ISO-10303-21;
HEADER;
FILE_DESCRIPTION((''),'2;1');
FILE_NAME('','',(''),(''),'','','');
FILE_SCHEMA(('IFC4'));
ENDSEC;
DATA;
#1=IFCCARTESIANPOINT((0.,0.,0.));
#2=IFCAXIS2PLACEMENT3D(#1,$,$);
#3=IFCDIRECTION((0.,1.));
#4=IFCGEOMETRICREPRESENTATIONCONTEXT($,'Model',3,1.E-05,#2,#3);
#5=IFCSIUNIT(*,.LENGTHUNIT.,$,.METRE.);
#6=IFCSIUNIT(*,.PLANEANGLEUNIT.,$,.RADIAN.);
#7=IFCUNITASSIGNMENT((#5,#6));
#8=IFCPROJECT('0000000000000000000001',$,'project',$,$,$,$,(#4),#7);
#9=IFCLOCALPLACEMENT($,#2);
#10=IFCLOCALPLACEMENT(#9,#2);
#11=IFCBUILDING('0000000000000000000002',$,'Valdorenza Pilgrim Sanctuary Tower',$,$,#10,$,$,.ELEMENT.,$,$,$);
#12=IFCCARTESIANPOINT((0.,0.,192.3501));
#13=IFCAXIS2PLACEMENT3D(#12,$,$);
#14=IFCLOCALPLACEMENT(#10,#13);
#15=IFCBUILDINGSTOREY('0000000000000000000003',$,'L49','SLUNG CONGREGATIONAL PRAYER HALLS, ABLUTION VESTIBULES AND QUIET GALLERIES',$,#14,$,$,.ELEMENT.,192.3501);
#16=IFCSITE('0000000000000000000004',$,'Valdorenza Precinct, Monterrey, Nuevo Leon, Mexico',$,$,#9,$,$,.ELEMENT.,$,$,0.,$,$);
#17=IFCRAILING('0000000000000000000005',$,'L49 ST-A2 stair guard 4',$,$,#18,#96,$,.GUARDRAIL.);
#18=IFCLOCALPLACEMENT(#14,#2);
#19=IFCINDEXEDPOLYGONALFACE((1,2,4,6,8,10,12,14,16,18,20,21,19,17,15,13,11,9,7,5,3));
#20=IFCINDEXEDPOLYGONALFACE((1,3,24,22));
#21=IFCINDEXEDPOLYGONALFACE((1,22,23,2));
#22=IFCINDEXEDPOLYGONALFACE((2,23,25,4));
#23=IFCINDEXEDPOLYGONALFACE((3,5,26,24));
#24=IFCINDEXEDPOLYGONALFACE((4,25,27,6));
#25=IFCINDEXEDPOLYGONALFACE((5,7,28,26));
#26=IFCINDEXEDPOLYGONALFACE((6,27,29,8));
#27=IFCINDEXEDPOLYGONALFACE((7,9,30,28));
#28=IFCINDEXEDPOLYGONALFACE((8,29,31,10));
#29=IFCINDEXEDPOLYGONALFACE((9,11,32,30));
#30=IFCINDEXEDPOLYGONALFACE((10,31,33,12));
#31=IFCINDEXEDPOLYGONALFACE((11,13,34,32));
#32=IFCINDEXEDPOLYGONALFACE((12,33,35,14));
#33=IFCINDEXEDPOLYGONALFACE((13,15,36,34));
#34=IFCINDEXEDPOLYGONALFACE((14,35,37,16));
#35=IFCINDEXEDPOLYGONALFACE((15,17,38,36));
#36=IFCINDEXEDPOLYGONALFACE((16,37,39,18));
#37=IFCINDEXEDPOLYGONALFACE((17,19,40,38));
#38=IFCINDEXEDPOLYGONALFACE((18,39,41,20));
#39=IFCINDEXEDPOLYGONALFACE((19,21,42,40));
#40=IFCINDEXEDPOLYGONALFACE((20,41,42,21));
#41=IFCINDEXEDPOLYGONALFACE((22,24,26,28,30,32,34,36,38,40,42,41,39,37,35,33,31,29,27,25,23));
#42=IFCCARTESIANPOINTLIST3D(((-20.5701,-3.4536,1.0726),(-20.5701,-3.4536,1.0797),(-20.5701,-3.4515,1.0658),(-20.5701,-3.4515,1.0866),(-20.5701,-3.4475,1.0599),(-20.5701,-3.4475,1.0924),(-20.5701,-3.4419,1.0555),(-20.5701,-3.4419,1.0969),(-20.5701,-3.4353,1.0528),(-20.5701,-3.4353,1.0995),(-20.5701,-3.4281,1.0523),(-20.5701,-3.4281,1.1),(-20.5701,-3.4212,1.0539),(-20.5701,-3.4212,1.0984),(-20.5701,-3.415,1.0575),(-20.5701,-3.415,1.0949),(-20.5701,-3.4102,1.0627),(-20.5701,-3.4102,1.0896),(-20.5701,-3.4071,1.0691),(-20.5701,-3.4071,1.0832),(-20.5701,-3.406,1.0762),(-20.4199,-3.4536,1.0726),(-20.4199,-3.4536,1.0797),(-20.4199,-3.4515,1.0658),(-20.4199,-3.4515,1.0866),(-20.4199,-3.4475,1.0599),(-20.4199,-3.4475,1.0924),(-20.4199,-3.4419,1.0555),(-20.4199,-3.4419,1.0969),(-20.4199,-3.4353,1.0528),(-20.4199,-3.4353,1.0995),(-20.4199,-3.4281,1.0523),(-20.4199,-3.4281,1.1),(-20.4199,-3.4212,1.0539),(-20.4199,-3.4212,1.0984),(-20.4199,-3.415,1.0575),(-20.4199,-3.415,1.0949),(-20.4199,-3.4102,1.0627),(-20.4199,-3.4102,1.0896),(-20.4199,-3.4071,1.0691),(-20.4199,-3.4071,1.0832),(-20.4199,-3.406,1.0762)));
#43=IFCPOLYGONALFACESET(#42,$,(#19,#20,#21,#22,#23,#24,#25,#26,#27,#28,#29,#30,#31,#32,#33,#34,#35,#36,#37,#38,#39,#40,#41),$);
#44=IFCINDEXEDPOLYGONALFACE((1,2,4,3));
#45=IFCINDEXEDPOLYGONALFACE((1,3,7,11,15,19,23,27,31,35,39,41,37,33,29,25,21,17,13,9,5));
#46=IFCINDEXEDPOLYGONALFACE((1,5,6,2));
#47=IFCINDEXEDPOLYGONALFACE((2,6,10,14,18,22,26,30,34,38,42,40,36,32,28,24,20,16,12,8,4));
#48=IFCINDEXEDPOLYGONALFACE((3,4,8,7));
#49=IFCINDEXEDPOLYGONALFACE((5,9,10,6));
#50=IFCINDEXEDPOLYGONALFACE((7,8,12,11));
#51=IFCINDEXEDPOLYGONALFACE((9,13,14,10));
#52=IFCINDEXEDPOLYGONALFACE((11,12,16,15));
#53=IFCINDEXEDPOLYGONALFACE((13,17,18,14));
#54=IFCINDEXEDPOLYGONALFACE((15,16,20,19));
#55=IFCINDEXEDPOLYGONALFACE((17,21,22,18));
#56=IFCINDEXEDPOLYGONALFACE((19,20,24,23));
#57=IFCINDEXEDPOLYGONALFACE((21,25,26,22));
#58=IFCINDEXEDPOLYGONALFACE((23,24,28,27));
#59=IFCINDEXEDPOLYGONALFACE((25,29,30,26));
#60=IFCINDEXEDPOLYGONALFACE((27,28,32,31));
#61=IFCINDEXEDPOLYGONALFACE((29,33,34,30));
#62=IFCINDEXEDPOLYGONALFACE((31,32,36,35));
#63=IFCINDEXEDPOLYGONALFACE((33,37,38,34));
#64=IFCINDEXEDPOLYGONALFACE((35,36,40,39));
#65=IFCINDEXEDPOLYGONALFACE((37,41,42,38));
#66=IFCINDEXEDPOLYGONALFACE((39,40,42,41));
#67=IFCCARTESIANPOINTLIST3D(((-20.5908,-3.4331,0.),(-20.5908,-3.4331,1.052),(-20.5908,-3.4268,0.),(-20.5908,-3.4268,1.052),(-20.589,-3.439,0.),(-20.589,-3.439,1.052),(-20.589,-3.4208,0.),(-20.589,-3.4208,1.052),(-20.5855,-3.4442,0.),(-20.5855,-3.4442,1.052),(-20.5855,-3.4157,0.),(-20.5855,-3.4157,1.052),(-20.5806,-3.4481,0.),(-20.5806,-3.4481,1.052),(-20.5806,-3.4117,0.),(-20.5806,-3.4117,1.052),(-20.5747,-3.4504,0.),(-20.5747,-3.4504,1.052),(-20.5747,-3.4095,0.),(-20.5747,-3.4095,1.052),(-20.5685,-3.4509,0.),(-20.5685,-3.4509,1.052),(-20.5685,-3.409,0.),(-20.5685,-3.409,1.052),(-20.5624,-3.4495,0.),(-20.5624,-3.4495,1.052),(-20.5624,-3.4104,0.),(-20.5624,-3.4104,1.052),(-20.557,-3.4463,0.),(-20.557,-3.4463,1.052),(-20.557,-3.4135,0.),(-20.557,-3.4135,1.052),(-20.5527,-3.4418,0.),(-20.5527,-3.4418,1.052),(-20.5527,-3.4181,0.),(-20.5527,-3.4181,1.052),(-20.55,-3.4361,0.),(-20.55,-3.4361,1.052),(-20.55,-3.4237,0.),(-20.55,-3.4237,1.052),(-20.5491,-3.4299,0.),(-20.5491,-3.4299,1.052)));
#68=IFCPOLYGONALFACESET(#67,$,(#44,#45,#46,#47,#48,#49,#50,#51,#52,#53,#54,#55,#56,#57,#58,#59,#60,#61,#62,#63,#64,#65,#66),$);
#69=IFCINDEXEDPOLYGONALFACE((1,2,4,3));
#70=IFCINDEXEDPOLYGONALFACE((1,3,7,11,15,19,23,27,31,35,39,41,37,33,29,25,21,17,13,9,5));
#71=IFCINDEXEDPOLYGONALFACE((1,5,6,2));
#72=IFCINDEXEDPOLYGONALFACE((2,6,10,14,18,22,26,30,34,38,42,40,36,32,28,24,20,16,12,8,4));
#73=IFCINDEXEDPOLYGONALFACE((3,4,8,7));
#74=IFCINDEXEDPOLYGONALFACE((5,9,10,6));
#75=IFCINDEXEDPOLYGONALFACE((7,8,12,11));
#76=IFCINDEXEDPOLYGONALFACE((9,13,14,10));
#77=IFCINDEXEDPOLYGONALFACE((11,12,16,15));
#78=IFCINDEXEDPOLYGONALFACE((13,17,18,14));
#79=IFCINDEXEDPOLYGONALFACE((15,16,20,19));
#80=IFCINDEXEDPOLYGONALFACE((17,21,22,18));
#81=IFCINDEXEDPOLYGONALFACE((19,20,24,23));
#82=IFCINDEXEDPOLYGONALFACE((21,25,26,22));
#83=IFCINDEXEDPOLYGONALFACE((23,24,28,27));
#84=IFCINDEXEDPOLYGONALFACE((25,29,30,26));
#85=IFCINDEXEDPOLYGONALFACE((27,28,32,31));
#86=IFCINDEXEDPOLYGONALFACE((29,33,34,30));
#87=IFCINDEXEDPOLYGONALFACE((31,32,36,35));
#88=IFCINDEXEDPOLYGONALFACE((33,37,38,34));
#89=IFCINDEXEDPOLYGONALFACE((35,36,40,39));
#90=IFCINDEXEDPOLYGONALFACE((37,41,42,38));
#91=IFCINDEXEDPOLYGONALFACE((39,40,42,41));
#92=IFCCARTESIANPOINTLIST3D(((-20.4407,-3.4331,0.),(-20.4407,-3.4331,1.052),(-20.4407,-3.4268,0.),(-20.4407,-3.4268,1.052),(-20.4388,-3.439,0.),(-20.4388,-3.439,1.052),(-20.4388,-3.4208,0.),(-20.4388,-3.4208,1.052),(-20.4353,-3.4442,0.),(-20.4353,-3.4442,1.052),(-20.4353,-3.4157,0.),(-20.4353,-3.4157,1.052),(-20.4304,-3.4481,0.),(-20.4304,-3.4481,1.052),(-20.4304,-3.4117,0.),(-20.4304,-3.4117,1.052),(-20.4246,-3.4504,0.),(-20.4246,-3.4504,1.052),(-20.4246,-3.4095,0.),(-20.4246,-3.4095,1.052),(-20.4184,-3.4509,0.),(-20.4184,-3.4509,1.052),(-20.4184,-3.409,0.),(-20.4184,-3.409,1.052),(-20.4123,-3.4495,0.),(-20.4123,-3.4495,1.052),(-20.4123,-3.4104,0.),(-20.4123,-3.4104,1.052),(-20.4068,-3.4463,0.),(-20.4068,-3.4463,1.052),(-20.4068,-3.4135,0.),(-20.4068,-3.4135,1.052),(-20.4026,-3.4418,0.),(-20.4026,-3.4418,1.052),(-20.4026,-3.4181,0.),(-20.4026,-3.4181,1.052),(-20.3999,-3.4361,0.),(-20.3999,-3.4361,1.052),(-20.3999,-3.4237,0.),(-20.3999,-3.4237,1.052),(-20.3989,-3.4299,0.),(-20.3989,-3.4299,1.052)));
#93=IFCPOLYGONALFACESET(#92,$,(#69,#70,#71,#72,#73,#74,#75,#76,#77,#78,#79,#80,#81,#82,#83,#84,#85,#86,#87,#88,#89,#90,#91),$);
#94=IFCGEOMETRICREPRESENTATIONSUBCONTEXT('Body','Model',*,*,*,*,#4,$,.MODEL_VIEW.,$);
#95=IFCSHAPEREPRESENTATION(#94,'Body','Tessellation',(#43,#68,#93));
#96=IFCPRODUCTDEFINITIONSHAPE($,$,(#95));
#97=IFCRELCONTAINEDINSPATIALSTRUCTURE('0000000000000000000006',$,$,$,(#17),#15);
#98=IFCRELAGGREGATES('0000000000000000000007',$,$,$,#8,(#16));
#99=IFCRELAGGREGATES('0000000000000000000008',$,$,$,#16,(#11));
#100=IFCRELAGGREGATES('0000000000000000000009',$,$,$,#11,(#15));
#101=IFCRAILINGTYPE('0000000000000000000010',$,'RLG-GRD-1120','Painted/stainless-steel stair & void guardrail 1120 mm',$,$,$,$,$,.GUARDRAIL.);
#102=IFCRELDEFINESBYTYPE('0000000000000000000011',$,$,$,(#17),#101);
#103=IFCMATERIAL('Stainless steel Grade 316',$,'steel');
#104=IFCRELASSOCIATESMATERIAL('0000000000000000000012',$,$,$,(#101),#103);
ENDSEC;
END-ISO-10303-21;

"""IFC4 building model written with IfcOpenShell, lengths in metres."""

from ifc_helpers import new_model, si_unit, direction, frame, origin, origin_2d, place, context, subcontext, project, spatial, circle, extrude, material, type_object, element, save


model = new_model("IFC4")

# Units and contexts
model_context = context("Model", 3, precision=1e-05, world=origin(), true_north=direction((0.0, 1.0)))
body_context = subcontext(model_context, "Body", "Model", "MODEL_VIEW")
ifc_project = project(units=[si_unit("LENGTHUNIT", "METRE"), si_unit("PLANEANGLEUNIT", "RADIAN")], contexts=[model_context])

# Site, building, storey
site_placement = place(None, origin())
site = spatial("IfcSite", under=ifc_project, at=site_placement, Name="Valdorenza Precinct, Monterrey, Nuevo Leon, Mexico", CompositionType="ELEMENT", RefElevation=0.0)
building_placement = place(site_placement, origin())
building = spatial("IfcBuilding", under=site, at=building_placement, Name="Valdorenza Pilgrim Sanctuary Tower", CompositionType="ELEMENT")
storey_placement = place(building_placement, frame((0.0, 0.0, 192.3501)))
storey = spatial("IfcBuildingStorey", under=building, at=storey_placement, Name="L49", Description="SLUNG CONGREGATIONAL PRAYER HALLS, ABLUTION VESTIBULES AND QUIET GALLERIES", CompositionType="ELEMENT", Elevation=192.3501)

# Railing
ifc_material_1 = material(Name="Stainless steel Grade 316", Category="steel")
railing_type_1 = type_object("IfcRailingType", Name="RLG-GRD-1120", Description="Painted/stainless-steel stair & void guardrail 1120 mm", PredefinedType="GUARDRAIL", material=ifc_material_1)
railing_1_placement = place(storey_placement, frame((-20.5701, -3.4299, 0.0)))
element("IfcRailing", 1, at=railing_1_placement, inside=storey, type_object=railing_type_1, Name="L49 ST-A2 stair guard 4", PredefinedType="GUARDRAIL", context=body_context, shape_type="SweptSolid", body=[
    extrude(circle(Radius=0.0239, at=origin_2d()), frame((0.0, 0.0, 1.0762), z_axis=(1.0, 0.0, 0.0), x_axis=(0.0, 1.0, 0.0)), (0.0, 0.0, 1.0), 0.1501),
    extrude(circle(Radius=0.021, at=origin_2d()), origin(), (0.0, 0.0, 1.0), 1.052),
    extrude(circle(Radius=0.021, at=origin_2d()), frame((0.1501, 0.0, 0.0)), (0.0, 0.0, 1.0), 1.052),
])

save(model, "model.ifc")
